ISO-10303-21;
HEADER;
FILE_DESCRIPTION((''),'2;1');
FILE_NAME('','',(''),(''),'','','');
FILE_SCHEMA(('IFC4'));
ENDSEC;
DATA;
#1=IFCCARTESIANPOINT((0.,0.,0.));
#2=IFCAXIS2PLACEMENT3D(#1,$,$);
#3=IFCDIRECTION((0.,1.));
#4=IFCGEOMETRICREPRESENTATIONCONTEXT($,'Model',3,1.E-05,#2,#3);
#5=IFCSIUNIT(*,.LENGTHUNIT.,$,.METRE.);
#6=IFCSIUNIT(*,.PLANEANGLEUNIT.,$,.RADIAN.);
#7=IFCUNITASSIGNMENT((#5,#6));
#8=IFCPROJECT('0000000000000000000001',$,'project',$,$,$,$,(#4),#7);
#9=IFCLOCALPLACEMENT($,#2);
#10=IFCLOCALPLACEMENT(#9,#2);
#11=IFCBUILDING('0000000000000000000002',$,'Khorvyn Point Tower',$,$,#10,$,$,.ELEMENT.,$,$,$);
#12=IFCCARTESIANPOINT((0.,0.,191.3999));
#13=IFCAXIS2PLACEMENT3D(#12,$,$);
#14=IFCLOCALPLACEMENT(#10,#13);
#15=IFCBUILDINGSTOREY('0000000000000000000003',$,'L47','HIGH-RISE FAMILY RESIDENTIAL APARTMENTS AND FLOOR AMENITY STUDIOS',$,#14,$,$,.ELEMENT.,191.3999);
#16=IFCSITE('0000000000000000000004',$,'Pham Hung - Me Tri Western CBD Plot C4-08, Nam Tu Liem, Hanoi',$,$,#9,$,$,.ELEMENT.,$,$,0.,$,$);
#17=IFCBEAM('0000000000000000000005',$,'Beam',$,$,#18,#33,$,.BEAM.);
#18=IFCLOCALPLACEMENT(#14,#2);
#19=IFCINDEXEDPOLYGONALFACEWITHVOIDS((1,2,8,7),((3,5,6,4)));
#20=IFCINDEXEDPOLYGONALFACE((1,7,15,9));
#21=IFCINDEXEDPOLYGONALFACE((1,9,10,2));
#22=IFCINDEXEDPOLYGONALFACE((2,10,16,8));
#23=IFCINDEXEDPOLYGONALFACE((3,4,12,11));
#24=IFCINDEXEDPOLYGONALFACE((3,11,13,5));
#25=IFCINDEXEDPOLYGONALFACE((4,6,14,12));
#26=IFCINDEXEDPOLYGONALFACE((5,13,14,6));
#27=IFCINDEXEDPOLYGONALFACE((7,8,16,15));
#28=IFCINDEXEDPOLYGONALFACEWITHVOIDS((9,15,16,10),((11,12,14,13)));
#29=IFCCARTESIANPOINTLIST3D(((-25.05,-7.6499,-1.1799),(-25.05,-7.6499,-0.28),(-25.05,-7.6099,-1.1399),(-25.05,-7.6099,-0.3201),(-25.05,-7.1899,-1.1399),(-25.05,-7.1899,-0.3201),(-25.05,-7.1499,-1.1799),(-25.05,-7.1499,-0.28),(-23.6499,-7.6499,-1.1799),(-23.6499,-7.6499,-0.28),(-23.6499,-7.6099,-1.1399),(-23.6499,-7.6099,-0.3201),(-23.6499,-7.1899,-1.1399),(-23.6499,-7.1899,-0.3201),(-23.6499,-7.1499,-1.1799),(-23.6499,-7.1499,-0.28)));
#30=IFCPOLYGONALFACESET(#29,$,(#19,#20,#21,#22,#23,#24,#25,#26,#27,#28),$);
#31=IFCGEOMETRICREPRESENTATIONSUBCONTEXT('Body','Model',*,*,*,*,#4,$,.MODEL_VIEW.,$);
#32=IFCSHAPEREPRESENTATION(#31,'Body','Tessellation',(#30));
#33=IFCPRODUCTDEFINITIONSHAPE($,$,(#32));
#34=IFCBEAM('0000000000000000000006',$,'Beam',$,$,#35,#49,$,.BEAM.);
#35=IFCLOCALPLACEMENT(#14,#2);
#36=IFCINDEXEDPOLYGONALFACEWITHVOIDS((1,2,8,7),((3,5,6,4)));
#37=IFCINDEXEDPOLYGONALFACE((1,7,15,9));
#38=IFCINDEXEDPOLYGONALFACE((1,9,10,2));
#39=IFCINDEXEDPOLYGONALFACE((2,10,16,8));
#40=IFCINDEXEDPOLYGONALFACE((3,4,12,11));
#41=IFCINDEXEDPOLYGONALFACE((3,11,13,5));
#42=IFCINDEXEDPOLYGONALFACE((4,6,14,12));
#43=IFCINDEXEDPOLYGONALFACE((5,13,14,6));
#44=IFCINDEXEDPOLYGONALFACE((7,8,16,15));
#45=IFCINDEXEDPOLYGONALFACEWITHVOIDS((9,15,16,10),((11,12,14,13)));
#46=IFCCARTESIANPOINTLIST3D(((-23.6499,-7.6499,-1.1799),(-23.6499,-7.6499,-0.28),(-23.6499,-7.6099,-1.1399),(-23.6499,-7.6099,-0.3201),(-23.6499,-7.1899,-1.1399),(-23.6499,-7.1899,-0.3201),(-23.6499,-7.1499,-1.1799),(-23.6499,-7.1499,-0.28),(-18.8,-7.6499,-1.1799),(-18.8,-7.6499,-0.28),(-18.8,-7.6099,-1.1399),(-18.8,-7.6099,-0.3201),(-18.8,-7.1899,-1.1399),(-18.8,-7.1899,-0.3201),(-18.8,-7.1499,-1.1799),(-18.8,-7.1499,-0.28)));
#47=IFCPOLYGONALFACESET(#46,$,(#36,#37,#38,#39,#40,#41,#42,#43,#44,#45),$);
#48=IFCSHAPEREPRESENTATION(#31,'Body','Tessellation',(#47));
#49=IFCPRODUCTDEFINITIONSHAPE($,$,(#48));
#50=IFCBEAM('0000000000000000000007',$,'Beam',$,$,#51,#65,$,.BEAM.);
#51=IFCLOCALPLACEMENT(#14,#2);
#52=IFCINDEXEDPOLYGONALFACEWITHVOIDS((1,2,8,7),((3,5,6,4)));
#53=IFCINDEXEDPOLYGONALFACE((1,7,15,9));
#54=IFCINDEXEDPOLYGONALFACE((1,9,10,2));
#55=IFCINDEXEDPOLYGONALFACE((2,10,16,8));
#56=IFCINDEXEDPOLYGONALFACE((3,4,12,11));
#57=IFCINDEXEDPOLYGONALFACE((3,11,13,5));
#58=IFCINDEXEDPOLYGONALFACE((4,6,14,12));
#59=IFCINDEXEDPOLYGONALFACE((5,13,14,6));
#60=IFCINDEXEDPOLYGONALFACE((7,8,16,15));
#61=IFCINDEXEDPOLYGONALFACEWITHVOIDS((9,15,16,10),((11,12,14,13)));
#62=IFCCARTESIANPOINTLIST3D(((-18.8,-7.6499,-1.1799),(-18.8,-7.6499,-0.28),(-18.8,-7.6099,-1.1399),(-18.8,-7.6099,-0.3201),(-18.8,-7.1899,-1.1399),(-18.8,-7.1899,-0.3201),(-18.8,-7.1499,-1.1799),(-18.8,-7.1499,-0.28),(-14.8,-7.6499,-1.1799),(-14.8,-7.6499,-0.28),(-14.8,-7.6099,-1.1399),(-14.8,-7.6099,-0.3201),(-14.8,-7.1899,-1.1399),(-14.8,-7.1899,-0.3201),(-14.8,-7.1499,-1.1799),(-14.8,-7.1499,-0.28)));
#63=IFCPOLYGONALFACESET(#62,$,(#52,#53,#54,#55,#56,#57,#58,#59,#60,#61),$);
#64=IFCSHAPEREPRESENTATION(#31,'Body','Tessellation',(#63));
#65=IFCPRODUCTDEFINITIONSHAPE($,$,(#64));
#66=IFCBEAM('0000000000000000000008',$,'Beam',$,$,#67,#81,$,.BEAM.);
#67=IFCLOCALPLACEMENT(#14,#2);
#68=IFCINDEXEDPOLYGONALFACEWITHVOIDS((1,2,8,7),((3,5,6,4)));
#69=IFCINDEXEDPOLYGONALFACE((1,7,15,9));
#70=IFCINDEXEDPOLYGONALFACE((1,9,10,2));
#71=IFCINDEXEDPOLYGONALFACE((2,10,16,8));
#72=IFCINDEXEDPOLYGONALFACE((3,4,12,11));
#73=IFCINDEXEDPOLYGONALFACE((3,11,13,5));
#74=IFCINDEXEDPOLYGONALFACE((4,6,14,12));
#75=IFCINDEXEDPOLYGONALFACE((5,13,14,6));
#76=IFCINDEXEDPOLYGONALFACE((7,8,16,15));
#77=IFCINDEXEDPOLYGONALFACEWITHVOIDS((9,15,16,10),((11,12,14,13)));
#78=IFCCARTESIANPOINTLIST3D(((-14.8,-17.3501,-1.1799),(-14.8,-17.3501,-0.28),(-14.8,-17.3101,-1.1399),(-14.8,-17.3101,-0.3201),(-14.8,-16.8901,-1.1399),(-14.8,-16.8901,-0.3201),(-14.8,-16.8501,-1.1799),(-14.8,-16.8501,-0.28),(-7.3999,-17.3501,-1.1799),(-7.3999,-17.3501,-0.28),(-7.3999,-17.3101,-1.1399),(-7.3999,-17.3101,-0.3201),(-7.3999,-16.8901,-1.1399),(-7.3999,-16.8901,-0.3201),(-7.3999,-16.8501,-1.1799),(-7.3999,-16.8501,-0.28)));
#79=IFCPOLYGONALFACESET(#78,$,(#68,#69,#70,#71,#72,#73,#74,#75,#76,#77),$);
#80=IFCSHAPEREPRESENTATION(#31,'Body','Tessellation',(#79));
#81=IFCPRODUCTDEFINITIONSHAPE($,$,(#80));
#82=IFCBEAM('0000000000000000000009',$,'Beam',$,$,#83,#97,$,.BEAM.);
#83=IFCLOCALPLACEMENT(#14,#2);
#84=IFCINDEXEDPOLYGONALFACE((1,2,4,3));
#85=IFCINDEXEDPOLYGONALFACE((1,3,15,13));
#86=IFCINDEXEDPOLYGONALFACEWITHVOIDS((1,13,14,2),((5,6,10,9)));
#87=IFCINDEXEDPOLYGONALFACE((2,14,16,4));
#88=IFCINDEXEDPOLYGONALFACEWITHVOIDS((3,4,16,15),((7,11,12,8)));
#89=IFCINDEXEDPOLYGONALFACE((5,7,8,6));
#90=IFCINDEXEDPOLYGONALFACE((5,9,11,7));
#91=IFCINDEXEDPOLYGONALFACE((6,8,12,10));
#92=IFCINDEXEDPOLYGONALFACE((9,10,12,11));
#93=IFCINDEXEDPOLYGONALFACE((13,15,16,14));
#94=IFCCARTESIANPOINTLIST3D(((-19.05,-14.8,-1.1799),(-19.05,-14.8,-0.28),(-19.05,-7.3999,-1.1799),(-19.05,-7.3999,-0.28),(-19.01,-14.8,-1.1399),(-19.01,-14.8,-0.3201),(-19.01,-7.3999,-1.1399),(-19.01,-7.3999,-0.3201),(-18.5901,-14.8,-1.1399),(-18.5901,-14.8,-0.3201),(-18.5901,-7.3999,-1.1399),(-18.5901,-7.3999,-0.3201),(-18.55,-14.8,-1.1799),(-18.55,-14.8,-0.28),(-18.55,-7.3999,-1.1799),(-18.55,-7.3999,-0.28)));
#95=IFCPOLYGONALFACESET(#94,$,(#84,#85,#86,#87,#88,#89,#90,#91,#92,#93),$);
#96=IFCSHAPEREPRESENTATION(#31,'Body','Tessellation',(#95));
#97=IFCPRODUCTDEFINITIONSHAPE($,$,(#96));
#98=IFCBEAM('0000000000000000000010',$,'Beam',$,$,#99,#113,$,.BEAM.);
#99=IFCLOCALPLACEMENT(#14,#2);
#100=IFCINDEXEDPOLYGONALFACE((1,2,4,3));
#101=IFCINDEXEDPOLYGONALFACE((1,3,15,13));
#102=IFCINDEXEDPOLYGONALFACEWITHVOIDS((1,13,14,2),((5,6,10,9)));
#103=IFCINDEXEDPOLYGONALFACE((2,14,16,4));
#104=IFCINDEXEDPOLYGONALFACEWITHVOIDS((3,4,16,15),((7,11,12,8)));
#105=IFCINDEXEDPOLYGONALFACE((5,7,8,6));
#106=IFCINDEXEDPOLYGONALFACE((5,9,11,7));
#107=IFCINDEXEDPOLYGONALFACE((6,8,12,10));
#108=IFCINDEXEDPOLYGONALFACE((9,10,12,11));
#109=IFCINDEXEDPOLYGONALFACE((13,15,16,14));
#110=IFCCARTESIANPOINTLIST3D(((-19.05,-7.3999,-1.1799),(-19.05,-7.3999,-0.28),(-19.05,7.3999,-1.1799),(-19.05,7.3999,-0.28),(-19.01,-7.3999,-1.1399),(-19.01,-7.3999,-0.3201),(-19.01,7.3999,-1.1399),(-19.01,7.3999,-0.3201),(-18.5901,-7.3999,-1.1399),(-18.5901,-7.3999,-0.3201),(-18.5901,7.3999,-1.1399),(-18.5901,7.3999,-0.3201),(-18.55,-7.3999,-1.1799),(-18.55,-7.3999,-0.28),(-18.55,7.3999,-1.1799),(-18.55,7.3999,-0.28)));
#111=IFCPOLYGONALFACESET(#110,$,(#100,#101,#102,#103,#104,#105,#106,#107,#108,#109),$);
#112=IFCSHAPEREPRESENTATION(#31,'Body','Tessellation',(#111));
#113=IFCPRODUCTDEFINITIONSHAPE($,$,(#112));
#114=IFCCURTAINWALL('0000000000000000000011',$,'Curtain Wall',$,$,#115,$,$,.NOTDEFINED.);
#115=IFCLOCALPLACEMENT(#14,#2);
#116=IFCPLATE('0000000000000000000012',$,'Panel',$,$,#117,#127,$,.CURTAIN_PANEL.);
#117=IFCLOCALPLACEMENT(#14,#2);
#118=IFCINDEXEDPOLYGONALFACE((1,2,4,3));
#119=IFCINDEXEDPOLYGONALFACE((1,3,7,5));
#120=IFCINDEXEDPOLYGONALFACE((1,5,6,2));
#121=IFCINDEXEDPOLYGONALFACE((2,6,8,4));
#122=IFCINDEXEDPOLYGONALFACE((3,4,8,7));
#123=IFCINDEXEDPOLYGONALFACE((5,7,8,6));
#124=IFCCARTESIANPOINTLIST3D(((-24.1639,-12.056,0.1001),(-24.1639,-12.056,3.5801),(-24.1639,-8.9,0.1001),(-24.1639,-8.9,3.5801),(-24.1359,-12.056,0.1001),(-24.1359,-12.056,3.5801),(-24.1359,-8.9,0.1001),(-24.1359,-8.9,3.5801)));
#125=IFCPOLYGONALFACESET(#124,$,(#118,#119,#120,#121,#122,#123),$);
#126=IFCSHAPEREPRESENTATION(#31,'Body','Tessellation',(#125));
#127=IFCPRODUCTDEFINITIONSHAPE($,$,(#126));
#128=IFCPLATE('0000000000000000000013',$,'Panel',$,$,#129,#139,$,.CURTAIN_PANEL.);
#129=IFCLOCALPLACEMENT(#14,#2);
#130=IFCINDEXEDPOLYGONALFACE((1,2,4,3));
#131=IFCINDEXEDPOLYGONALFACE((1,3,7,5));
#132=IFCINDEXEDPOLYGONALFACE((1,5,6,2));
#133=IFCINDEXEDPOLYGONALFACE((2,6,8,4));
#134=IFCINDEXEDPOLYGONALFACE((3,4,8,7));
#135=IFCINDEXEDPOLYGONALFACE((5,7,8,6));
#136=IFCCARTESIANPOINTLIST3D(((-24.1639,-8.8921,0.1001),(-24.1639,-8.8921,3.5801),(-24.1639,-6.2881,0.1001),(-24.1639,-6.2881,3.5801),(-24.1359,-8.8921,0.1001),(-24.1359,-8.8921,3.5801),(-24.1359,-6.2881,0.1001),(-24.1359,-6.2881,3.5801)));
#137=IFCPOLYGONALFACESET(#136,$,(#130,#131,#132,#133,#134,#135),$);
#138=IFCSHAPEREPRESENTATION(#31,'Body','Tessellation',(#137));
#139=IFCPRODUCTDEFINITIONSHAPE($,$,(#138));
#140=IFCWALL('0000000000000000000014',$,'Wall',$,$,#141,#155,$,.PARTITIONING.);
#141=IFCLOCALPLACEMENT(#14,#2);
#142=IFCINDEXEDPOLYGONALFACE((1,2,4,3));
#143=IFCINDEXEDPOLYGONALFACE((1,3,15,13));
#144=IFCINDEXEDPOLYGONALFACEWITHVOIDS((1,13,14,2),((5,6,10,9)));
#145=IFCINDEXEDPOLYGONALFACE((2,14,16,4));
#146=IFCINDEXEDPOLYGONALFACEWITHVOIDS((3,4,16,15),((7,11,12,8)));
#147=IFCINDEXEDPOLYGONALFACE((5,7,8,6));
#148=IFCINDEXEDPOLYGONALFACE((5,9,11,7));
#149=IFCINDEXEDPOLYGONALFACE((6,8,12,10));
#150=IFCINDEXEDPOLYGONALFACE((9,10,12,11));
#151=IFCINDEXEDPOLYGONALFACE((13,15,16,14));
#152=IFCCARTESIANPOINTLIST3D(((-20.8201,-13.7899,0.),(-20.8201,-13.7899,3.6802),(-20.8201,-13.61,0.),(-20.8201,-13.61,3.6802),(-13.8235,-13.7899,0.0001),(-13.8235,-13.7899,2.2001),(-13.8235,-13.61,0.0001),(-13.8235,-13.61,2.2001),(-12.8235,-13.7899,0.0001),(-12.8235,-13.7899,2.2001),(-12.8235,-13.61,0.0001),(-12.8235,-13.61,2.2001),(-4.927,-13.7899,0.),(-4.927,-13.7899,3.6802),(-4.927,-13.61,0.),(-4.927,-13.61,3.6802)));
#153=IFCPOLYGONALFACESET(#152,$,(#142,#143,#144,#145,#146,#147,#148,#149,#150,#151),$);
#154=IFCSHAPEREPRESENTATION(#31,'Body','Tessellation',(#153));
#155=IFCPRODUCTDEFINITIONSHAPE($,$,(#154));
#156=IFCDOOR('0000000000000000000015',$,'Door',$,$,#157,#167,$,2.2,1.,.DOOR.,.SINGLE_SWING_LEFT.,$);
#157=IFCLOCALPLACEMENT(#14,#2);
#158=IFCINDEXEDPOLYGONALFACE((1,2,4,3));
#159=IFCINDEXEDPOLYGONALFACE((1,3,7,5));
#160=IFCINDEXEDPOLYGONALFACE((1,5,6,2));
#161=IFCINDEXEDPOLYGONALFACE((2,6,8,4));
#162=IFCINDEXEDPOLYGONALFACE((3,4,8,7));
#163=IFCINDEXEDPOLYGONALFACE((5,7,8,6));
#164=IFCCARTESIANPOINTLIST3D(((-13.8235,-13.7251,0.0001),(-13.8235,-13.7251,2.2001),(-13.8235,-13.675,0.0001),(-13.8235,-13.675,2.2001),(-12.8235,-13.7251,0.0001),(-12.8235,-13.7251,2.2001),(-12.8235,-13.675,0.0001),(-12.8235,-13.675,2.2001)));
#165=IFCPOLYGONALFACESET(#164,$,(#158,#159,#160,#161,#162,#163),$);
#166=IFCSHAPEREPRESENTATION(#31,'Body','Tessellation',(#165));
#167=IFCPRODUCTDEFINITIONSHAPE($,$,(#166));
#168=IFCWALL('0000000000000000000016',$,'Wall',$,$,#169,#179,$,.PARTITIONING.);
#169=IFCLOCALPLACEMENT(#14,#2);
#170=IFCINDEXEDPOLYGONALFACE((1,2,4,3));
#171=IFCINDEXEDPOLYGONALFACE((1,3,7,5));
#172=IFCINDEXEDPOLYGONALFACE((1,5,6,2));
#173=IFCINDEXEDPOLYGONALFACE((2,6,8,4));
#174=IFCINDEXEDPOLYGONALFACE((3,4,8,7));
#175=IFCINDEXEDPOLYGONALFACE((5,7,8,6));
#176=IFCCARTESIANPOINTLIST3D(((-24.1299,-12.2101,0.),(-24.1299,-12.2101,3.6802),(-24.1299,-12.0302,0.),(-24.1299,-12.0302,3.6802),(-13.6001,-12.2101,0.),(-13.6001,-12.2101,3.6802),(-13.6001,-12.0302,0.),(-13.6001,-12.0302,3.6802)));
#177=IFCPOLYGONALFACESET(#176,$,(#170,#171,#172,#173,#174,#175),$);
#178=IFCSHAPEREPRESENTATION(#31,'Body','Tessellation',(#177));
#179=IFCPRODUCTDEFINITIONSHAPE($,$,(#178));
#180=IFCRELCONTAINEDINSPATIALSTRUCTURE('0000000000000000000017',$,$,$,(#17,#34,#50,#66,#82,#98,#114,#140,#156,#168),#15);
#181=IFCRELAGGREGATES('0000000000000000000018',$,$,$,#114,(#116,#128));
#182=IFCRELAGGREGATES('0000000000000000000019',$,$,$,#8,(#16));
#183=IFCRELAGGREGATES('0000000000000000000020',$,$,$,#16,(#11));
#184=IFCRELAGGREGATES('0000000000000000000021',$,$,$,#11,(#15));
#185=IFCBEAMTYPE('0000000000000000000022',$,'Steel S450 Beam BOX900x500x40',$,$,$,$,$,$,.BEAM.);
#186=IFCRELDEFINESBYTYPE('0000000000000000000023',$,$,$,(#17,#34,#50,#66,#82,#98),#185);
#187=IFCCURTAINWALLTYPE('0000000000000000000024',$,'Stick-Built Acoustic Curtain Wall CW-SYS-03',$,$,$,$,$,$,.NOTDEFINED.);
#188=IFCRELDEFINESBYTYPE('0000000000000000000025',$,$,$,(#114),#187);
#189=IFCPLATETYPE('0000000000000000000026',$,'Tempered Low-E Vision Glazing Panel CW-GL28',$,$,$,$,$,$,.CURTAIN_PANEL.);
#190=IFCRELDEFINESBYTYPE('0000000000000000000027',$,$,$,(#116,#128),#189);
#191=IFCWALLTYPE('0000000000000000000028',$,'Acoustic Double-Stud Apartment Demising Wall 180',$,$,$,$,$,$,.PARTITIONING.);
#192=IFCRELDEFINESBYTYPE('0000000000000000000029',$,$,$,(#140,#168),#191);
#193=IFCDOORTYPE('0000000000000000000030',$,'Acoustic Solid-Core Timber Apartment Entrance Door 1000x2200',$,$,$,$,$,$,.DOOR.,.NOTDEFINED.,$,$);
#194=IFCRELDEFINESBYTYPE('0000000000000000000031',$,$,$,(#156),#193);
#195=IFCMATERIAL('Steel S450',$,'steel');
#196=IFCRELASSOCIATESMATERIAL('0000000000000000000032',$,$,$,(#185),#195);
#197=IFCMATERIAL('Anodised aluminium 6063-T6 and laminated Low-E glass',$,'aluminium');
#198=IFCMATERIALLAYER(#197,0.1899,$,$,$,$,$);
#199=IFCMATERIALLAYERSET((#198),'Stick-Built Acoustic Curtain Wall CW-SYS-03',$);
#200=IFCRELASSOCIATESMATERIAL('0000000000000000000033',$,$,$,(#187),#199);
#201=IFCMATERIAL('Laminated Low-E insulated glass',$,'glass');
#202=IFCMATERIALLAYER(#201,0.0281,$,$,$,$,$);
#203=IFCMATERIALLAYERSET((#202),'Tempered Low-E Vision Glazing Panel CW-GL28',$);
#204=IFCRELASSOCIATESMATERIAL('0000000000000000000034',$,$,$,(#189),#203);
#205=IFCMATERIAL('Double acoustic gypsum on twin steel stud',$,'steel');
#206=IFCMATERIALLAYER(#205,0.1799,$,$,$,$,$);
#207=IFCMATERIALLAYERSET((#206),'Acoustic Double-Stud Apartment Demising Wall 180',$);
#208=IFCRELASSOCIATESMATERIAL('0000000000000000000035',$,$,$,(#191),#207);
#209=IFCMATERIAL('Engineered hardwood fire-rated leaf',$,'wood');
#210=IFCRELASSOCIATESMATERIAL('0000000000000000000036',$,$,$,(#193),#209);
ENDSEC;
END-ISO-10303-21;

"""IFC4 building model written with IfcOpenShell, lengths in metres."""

from ifc_helpers import new_model, si_unit, direction, frame, frame_2d, origin, origin_2d, place, context, subcontext, project, spatial, rectangle, hollow_rectangle, extrude, material, layer, layer_set, material_profile, profile_set, type_object, element, fill, aggregate, save


model = new_model("IFC4")

# Units and contexts
model_context = context("Model", 3, precision=1e-05, world=origin(), true_north=direction((0.0, 1.0)))
body_context = subcontext(model_context, "Body", "Model", "MODEL_VIEW")
ifc_project = project(units=[si_unit("LENGTHUNIT", "METRE"), si_unit("PLANEANGLEUNIT", "RADIAN")], contexts=[model_context])

# Site, building, storey
site_placement = place(None, origin())
site = spatial("IfcSite", under=ifc_project, at=site_placement, Name="Pham Hung - Me Tri Western CBD Plot C4-08, Nam Tu Liem, Hanoi", CompositionType="ELEMENT", RefElevation=0.0)
building_placement = place(site_placement, origin())
building = spatial("IfcBuilding", under=site, at=building_placement, Name="Khorvyn Point Tower", CompositionType="ELEMENT")
storey_placement = place(building_placement, frame((0.0, 0.0, 191.3999)))
storey = spatial("IfcBuildingStorey", under=building, at=storey_placement, Name="L47", Description="HIGH-RISE FAMILY RESIDENTIAL APARTMENTS AND FLOOR AMENITY STUDIOS", CompositionType="ELEMENT", Elevation=191.3999)

# Shared definitions
ifc_material_1 = material(Name="Steel S450", Category="steel")

# Beams
ifc_material_profile_1 = material_profile(ifc_material_1, hollow_rectangle(XDim=0.5, YDim=0.8999, WallThickness=0.04, at=origin_2d()))
ifc_profile_set_1 = profile_set([ifc_material_profile_1], Name="Steel S450 BOX900x500x40")
beam_type_1 = type_object("IfcBeamType", Name="Steel S450 Beam BOX900x500x40", PredefinedType="BEAM", material=ifc_profile_set_1)
beam_1_placement = place(storey_placement, frame((-25.05, -7.3999, -0.73), z_axis=(1.0, 0.0, 0.0), x_axis=(0.0, 1.0, 0.0)))
element("IfcBeam", 1, at=beam_1_placement, inside=storey, type_object=beam_type_1, Name="Beam", PredefinedType="BEAM", context=body_context, shape_type="SweptSolid", body=[
    extrude(hollow_rectangle(XDim=0.5, YDim=0.8999, WallThickness=0.04, at=origin_2d()), origin(), (0.0, 0.0, 1.0), 1.4001),
])
beam_2_placement = place(storey_placement, frame((-23.6499, -7.3999, -0.73), z_axis=(1.0, 0.0, 0.0), x_axis=(0.0, 1.0, 0.0)))
element("IfcBeam", 2, at=beam_2_placement, inside=storey, type_object=beam_type_1, Name="Beam", PredefinedType="BEAM", context=body_context, shape_type="SweptSolid", body=[
    extrude(hollow_rectangle(XDim=0.5, YDim=0.8999, WallThickness=0.04, at=origin_2d()), origin(), (0.0, 0.0, 1.0), 4.8499),
])
beam_3_placement = place(storey_placement, frame((-18.8, -7.3999, -0.73), z_axis=(1.0, 0.0, 0.0), x_axis=(0.0, 1.0, 0.0)))
element("IfcBeam", 3, at=beam_3_placement, inside=storey, type_object=beam_type_1, Name="Beam", PredefinedType="BEAM", context=body_context, shape_type="SweptSolid", body=[
    extrude(hollow_rectangle(XDim=0.5, YDim=0.8999, WallThickness=0.04, at=origin_2d()), origin(), (0.0, 0.0, 1.0), 4.0),
])
for number, where, z_axis, x_axis, name in (
    (4, (-14.8, -17.1001, -0.73), (1.0, 0.0, 0.0), (0.0, 1.0, 0.0), "Beam"),
    (5, (-18.8, -14.8, -0.73), (0.0, 1.0, 0.0), (-1.0, 0.0, 0.0), "Beam"),
):
    element("IfcBeam", number, at=place(storey_placement, frame(where, z_axis=z_axis, x_axis=x_axis)), inside=storey, type_object=beam_type_1, Name=name, PredefinedType="BEAM", context=body_context, shape_type="SweptSolid", body=[
        extrude(hollow_rectangle(XDim=0.5, YDim=0.8999, WallThickness=0.04, at=origin_2d()), origin(), (0.0, 0.0, 1.0), 7.4001),
    ])
beam_4_placement = place(storey_placement, frame((-18.8, -7.3999, -0.73), z_axis=(0.0, 1.0, 0.0), x_axis=(-1.0, 0.0, 0.0)))
element("IfcBeam", 6, at=beam_4_placement, inside=storey, type_object=beam_type_1, Name="Beam", PredefinedType="BEAM", context=body_context, shape_type="SweptSolid", body=[
    extrude(hollow_rectangle(XDim=0.5, YDim=0.8999, WallThickness=0.04, at=origin_2d()), origin(), (0.0, 0.0, 1.0), 14.7998),
])

# Curtain wall, plates
ifc_material_2 = material(Name="Anodised aluminium 6063-T6 and laminated Low-E glass", Category="aluminium")
ifc_layer_1 = layer(ifc_material_2, 0.1899)
ifc_layer_set_1 = layer_set([ifc_layer_1], Name="Stick-Built Acoustic Curtain Wall CW-SYS-03")
curtain_wall_type = type_object("IfcCurtainWallType", Name="Stick-Built Acoustic Curtain Wall CW-SYS-03", PredefinedType="NOTDEFINED", material=ifc_layer_set_1)
curtain_wall_placement = place(storey_placement, origin())
curtain_wall = element("IfcCurtainWall", 7, at=curtain_wall_placement, inside=storey, type_object=curtain_wall_type, Name="Curtain Wall", PredefinedType="NOTDEFINED")
ifc_material_3 = material(Name="Laminated Low-E insulated glass", Category="glass")
ifc_layer_2 = layer(ifc_material_3, 0.0281)
ifc_layer_set_2 = layer_set([ifc_layer_2], Name="Tempered Low-E Vision Glazing Panel CW-GL28")
plate_type = type_object("IfcPlateType", Name="Tempered Low-E Vision Glazing Panel CW-GL28", PredefinedType="CURTAIN_PANEL", material=ifc_layer_set_2)
plate_1_placement = place(storey_placement, frame((-24.1499, -10.478, 0.1001), z_axis=(0.0, 0.0, 1.0), x_axis=(0.0, 1.0, 0.0)))
plate_1 = element("IfcPlate", 8, at=plate_1_placement, type_object=plate_type, Name="Panel", PredefinedType="CURTAIN_PANEL", context=body_context, shape_type="SweptSolid", body=[
    extrude(rectangle(XDim=3.156, YDim=0.0281, at=origin_2d()), origin(), (0.0, 0.0, 1.0), 3.48),
])
plate_2_placement = place(storey_placement, frame((-24.1499, -7.5901, 0.1001), z_axis=(0.0, 0.0, 1.0), x_axis=(0.0, 1.0, 0.0)))
plate_2 = element("IfcPlate", 9, at=plate_2_placement, type_object=plate_type, Name="Panel", PredefinedType="CURTAIN_PANEL", context=body_context, shape_type="SweptSolid", body=[
    extrude(rectangle(XDim=2.604, YDim=0.0281, at=origin_2d()), origin(), (0.0, 0.0, 1.0), 3.48),
])
aggregate(curtain_wall, [plate_1, plate_2])

# Wall, opening, door
ifc_material_4 = material(Name="Double acoustic gypsum on twin steel stud", Category="steel")
ifc_layer_3 = layer(ifc_material_4, 0.1799)
ifc_layer_set_3 = layer_set([ifc_layer_3], Name="Acoustic Double-Stud Apartment Demising Wall 180")
wall_type_1 = type_object("IfcWallType", Name="Acoustic Double-Stud Apartment Demising Wall 180", PredefinedType="PARTITIONING", material=ifc_layer_set_3)
wall_1_placement = place(storey_placement, frame((-20.8201, -13.7, 0.0), z_axis=(0.0, 0.0, 1.0), x_axis=(1.0, 0.0, 0.0)))
wall_1 = element("IfcWall", 10, at=wall_1_placement, inside=storey, type_object=wall_type_1, Name="Wall", PredefinedType="PARTITIONING", context=body_context, shape_type="SweptSolid", body=[
    extrude(rectangle(XDim=15.8931, YDim=0.1799, at=frame_2d((7.9465, 0.0))), origin(), (0.0, 0.0, 1.0), 3.6802),
])
opening_1_placement = place(wall_1_placement, frame((6.9966, 0.0, 0.0)))
opening_1 = element("IfcOpeningElement", 11, at=opening_1_placement, cuts=wall_1, PredefinedType="OPENING", context=body_context, shape_type="SweptSolid", body=[
    extrude(rectangle(XDim=1.0, YDim=2.2, at=frame_2d((0.5, 1.1001))), frame((0.0, 0.0999, 0.0), z_axis=(0.0, -1.0, 0.0), x_axis=(1.0, 0.0, 0.0)), (0.0, 0.0, 1.0), 0.2),
])
ifc_material_5 = material(Name="Engineered hardwood fire-rated leaf", Category="wood")
door_type_1 = type_object("IfcDoorType", Name="Acoustic Solid-Core Timber Apartment Entrance Door 1000x2200", OperationType="NOTDEFINED", PredefinedType="DOOR", material=ifc_material_5)
door_1_placement = place(opening_1_placement, origin())
door_1 = element("IfcDoor", 12, at=door_1_placement, inside=storey, type_object=door_type_1, Name="Door", OperationType="SINGLE_SWING_LEFT", OverallHeight=2.2, OverallWidth=1.0, PredefinedType="DOOR", context=body_context, shape_type="SweptSolid", body=[
    extrude(rectangle(XDim=1.0, YDim=2.2, at=frame_2d((0.5, 1.1001))), frame((0.0, 0.0249, 0.0), z_axis=(0.0, -1.0, 0.0), x_axis=(1.0, 0.0, 0.0)), (0.0, 0.0, 1.0), 0.05),
])
fill(opening_1, door_1)

# Wall
wall_2_placement = place(storey_placement, frame((-24.1299, -12.1201, 0.0), z_axis=(0.0, 0.0, 1.0), x_axis=(1.0, 0.0, 0.0)))
element("IfcWall", 13, at=wall_2_placement, inside=storey, type_object=wall_type_1, Name="Wall", PredefinedType="PARTITIONING", context=body_context, shape_type="SweptSolid", body=[
    extrude(rectangle(XDim=10.5298, YDim=0.1799, at=frame_2d((5.2649, 0.0))), origin(), (0.0, 0.0, 1.0), 3.6802),
])

save(model, "model.ifc")
